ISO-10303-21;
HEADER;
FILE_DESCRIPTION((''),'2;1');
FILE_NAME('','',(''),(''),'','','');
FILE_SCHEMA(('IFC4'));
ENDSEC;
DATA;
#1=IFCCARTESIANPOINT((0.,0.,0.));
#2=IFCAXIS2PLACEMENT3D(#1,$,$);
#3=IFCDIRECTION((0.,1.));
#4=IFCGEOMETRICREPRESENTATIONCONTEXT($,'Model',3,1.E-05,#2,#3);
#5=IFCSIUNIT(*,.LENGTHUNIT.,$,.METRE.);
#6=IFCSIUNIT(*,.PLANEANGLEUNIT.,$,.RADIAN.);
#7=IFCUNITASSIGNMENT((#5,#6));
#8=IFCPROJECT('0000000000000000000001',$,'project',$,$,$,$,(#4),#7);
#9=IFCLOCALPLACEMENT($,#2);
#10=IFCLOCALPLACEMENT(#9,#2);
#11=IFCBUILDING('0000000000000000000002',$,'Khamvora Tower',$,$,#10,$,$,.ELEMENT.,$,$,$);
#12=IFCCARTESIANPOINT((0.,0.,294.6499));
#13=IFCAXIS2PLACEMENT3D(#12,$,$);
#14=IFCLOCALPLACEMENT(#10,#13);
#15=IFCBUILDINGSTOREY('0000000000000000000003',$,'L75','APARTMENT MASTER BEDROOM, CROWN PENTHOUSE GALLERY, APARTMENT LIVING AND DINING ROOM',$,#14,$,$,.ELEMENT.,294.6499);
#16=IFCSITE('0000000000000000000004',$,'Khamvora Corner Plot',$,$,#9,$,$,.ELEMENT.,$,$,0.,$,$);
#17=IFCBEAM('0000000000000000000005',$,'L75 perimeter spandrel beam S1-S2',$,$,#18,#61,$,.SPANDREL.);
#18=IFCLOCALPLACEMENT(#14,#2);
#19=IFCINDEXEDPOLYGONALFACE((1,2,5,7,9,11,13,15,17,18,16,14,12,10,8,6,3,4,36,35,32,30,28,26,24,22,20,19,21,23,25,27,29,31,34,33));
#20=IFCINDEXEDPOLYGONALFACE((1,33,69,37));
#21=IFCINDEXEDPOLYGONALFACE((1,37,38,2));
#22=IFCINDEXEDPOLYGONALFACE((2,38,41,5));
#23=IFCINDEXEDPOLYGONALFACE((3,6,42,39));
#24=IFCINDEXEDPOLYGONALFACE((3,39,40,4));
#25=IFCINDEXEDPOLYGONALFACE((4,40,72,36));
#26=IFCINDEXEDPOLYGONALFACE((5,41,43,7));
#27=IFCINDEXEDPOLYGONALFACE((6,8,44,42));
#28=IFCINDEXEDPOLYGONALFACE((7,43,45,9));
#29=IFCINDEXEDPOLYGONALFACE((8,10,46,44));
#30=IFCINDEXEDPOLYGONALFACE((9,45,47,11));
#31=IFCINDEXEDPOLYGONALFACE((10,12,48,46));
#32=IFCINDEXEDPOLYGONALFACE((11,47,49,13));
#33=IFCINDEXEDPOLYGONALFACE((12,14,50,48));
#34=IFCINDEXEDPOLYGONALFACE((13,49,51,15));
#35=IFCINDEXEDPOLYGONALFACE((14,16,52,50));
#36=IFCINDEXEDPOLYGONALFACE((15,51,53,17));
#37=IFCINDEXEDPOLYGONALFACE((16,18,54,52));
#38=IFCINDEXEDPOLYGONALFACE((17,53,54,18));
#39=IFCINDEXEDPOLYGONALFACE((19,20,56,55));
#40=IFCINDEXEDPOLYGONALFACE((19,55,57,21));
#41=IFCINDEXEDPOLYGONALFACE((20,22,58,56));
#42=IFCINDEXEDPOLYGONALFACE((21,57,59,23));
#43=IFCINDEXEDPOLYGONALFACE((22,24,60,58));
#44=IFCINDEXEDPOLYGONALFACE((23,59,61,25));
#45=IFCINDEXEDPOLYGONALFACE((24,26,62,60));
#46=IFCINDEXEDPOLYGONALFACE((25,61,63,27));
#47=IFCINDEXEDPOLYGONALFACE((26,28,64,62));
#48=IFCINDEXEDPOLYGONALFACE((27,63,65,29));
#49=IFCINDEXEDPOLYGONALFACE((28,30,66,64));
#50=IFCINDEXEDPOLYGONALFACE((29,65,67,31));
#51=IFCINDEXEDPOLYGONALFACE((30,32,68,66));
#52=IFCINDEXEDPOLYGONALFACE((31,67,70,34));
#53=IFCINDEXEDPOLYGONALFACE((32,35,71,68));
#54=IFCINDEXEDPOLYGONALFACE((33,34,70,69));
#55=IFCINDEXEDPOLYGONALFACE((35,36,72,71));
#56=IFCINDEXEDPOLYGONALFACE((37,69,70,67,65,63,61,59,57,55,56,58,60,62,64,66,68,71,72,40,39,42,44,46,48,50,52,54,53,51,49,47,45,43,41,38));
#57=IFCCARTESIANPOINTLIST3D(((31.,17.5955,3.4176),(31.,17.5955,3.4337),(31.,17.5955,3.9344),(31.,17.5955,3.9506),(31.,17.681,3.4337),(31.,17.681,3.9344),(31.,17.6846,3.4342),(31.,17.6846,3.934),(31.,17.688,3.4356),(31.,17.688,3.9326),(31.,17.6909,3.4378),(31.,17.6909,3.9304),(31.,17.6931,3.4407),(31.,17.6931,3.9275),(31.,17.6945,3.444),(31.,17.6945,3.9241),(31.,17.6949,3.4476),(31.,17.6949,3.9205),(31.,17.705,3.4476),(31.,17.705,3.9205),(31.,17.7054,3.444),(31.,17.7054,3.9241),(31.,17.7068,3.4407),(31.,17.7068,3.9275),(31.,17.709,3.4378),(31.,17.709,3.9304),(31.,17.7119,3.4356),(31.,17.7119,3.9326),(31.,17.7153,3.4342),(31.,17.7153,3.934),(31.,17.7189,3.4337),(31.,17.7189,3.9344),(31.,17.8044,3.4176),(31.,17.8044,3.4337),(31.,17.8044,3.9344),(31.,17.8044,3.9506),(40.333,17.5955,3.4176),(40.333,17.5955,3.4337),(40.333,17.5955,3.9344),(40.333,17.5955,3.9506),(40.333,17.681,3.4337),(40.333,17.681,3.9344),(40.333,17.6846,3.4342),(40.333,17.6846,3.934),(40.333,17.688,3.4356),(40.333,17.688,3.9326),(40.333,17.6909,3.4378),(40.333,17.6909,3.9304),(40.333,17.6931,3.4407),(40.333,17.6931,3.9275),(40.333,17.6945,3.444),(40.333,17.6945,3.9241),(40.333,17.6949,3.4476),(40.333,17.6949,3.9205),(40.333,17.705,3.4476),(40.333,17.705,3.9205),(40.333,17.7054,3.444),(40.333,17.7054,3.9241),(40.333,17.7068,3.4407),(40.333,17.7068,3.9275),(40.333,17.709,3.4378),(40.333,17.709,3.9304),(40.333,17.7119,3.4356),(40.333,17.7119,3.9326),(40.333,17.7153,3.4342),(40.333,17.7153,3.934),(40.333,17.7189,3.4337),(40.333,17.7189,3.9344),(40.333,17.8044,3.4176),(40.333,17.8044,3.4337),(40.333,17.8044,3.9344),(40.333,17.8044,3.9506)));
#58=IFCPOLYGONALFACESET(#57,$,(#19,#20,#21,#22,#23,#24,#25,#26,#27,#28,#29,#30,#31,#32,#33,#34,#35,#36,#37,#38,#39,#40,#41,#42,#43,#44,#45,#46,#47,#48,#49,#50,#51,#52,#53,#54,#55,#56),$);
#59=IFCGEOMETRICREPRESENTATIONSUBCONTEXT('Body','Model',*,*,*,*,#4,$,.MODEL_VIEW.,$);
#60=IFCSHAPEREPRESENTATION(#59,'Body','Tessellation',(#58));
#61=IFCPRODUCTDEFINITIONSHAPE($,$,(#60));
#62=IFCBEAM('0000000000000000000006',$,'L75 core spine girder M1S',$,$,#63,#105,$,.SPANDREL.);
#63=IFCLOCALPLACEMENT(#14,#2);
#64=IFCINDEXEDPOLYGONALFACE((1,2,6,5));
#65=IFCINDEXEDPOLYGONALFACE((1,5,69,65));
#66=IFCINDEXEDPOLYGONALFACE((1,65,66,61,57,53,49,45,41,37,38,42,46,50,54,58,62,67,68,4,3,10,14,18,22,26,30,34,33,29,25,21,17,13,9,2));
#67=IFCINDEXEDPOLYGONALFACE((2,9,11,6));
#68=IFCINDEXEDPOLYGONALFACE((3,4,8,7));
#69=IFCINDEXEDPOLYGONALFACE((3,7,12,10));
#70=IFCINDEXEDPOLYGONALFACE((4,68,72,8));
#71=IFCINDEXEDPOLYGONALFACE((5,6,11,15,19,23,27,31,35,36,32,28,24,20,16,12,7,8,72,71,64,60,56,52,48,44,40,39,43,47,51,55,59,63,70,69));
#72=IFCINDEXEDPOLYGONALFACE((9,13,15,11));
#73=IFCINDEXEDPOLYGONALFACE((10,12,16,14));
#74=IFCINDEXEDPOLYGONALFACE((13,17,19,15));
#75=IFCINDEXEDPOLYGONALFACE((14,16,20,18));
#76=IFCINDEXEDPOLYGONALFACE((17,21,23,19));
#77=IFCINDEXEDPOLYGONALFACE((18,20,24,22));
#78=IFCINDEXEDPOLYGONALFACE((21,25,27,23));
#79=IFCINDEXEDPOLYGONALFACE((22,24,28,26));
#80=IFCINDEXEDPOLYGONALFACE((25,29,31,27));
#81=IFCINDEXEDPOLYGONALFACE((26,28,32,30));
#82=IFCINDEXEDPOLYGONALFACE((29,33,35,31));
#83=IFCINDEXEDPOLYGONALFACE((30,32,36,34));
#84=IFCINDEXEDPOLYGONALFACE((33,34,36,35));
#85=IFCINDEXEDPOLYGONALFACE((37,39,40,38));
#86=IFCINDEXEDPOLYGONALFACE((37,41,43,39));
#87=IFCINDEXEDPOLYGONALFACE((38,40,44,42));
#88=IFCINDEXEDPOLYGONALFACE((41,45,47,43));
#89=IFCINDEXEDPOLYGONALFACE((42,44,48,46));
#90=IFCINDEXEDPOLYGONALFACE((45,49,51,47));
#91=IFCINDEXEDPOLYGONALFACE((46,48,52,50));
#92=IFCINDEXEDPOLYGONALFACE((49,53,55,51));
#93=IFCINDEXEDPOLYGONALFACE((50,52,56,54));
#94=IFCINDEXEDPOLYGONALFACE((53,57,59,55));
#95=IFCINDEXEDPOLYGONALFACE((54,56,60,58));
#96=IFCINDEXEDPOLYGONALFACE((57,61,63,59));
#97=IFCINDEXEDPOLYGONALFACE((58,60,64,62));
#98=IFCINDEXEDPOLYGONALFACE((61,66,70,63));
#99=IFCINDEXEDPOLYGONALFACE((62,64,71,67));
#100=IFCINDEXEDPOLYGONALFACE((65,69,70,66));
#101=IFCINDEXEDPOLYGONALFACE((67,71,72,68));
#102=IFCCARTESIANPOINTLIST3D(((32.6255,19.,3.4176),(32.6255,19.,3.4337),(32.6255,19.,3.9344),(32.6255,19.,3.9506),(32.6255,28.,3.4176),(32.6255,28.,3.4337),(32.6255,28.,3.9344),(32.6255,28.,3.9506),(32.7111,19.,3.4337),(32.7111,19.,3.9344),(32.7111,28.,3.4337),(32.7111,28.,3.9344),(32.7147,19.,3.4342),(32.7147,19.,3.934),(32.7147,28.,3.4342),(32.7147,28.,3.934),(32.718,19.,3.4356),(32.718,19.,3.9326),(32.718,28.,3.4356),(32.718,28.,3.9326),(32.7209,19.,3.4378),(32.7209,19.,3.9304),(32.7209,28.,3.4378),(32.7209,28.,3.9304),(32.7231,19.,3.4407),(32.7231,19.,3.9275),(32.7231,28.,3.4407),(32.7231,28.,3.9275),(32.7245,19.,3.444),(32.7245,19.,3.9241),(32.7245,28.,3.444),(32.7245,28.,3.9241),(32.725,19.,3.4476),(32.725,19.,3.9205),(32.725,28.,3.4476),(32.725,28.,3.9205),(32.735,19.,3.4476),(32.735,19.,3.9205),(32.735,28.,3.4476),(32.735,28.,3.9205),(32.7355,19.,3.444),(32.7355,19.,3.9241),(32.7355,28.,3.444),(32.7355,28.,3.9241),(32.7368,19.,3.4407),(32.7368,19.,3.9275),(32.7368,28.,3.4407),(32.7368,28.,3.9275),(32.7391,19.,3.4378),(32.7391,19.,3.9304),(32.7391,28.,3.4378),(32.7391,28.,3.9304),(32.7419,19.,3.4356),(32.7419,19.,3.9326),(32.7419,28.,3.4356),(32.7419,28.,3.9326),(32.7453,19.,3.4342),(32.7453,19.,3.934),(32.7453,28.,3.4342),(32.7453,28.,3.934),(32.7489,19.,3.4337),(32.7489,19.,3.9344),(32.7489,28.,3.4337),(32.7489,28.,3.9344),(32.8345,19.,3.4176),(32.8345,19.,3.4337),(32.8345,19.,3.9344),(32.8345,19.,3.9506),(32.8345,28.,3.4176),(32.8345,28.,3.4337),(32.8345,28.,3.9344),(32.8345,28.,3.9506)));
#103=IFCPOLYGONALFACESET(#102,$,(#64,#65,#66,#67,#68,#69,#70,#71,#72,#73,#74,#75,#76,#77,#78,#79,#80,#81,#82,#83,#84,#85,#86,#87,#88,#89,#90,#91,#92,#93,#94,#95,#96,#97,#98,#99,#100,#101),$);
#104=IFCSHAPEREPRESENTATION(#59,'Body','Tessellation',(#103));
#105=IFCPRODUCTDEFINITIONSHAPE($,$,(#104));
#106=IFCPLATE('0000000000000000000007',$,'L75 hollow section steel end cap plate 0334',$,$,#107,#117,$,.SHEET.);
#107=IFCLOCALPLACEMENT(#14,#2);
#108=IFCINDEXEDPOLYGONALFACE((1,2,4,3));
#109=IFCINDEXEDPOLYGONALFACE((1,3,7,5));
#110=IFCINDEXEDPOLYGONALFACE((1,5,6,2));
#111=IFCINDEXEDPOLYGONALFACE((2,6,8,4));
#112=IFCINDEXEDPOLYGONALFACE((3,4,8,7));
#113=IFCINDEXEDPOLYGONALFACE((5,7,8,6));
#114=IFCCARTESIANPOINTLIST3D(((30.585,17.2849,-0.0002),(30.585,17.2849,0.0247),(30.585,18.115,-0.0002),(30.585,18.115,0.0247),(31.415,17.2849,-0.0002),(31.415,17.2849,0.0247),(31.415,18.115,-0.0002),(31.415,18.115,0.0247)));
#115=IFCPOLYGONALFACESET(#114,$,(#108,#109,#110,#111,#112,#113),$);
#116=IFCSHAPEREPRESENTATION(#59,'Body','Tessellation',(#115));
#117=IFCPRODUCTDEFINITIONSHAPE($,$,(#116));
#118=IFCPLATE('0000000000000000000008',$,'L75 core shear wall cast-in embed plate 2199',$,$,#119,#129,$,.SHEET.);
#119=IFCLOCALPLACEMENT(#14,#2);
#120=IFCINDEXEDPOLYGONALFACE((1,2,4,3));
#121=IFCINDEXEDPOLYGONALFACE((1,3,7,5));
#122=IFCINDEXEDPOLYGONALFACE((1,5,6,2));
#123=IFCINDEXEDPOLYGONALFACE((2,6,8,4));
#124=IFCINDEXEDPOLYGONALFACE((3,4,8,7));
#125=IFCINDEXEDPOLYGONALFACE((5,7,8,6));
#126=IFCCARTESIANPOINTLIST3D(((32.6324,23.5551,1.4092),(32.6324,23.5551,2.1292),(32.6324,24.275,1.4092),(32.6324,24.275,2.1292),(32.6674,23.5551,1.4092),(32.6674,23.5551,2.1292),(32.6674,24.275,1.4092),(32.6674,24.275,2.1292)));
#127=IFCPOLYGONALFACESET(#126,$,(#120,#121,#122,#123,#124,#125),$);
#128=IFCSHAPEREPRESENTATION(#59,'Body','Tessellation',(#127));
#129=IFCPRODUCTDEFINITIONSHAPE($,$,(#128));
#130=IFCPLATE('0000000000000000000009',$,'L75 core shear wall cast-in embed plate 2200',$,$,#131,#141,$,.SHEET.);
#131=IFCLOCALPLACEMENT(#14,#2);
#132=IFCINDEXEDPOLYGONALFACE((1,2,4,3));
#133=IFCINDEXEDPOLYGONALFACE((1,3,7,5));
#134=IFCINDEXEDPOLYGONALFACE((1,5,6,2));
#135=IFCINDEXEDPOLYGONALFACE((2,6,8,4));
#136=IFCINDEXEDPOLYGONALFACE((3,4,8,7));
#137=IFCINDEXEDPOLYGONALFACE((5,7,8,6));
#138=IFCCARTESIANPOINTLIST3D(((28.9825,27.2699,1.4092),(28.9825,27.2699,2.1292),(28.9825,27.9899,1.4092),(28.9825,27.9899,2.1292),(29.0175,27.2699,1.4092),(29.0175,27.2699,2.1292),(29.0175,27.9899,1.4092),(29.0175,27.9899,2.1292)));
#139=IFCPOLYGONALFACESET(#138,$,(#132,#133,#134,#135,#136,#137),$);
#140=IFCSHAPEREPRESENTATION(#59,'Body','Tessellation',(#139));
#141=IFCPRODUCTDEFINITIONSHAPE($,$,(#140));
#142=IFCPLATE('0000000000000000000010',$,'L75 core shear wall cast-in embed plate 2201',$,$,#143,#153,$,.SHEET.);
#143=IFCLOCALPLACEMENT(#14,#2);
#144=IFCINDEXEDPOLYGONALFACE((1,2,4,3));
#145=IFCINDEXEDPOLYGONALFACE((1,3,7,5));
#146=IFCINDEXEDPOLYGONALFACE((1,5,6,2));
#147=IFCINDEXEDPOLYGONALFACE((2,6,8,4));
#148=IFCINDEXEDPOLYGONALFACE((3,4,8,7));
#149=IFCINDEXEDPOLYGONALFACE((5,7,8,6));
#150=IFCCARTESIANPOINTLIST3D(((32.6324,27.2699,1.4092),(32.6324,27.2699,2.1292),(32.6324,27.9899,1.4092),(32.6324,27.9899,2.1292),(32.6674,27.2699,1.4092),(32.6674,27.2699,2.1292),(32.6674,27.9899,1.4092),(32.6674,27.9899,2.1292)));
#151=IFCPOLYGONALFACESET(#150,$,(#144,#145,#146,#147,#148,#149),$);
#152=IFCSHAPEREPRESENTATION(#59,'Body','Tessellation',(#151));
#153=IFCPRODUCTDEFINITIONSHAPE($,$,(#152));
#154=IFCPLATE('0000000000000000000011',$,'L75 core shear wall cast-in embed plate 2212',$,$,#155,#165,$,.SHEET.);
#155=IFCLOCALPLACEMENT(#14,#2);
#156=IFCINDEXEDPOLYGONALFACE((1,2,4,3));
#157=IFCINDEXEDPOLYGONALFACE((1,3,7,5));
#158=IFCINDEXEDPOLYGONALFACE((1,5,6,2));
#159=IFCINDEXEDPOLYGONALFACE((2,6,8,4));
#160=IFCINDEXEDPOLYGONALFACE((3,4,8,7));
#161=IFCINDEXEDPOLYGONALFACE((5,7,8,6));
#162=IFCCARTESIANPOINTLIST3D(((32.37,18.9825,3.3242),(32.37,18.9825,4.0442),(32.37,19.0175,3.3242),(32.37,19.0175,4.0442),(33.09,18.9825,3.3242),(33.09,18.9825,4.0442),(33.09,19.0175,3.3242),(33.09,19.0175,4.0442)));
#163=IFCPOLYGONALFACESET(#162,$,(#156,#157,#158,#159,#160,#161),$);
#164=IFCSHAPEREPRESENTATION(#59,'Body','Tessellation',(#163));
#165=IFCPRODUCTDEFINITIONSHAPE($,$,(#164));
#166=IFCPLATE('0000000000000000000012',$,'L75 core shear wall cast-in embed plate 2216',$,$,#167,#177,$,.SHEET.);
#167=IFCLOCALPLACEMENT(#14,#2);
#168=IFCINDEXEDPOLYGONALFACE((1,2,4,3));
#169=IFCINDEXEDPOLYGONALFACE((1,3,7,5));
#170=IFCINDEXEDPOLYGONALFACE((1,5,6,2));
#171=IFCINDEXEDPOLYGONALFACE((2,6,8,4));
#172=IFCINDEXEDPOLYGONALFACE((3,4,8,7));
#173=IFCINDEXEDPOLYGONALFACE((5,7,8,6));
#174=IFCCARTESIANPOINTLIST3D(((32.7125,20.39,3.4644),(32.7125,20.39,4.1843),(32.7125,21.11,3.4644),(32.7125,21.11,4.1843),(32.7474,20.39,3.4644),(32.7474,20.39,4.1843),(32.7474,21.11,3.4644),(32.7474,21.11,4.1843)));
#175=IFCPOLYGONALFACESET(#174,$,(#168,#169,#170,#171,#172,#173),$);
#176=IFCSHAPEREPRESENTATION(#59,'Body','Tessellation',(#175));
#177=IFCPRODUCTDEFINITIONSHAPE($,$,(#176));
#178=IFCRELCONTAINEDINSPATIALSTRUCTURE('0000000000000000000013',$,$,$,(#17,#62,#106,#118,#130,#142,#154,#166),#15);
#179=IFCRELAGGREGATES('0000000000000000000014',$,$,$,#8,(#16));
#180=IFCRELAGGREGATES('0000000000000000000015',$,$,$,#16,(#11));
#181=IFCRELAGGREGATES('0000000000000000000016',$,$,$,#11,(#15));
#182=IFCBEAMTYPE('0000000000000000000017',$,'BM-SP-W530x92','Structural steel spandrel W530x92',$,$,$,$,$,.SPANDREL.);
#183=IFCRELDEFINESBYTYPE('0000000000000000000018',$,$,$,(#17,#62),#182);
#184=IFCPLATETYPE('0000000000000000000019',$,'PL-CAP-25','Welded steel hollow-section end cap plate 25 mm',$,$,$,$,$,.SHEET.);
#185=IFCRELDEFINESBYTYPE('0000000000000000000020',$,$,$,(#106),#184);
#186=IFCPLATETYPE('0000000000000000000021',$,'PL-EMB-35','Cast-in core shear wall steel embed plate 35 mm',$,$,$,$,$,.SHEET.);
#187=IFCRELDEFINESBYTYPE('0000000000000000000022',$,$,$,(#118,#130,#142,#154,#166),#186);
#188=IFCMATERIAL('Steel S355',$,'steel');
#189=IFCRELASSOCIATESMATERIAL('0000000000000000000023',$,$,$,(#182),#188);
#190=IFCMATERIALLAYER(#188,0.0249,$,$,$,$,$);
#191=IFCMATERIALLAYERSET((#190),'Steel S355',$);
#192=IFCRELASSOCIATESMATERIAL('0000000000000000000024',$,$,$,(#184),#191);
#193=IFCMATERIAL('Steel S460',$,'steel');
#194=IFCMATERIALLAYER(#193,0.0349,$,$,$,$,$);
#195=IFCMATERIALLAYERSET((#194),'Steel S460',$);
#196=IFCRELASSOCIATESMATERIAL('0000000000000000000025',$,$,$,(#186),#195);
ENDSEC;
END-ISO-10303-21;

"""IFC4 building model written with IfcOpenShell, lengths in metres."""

from ifc_helpers import new_model, si_unit, direction, frame, origin, origin_2d, place, context, subcontext, project, spatial, rectangle, i_section, extrude, material, layer, layer_set, material_profile, profile_set, type_object, element, save


model = new_model("IFC4")

# Units and contexts
model_context = context("Model", 3, precision=1e-05, world=origin(), true_north=direction((0.0, 1.0)))
body_context = subcontext(model_context, "Body", "Model", "MODEL_VIEW")
ifc_project = project(units=[si_unit("LENGTHUNIT", "METRE"), si_unit("PLANEANGLEUNIT", "RADIAN")], contexts=[model_context])

# Site, building, storey
site_placement = place(None, origin())
site = spatial("IfcSite", under=ifc_project, at=site_placement, Name="Khamvora Corner Plot", CompositionType="ELEMENT", RefElevation=0.0)
building_placement = place(site_placement, origin())
building = spatial("IfcBuilding", under=site, at=building_placement, Name="Khamvora Tower", CompositionType="ELEMENT")
storey_placement = place(building_placement, frame((0.0, 0.0, 294.6499)))
storey = spatial("IfcBuildingStorey", under=building, at=storey_placement, Name="L75", Description="APARTMENT MASTER BEDROOM, CROWN PENTHOUSE GALLERY, APARTMENT LIVING AND DINING ROOM", CompositionType="ELEMENT", Elevation=294.6499)

# Shared definitions
ifc_material_1 = material(Name="Steel S355", Category="steel")

# Beams
ifc_material_profile_1 = material_profile(ifc_material_1, i_section(OverallWidth=0.209, OverallDepth=0.533, WebThickness=0.01, FlangeThickness=0.0161, FilletRadius=0.0139, at=origin_2d()), Name="W530x92")
ifc_profile_set_1 = profile_set([ifc_material_profile_1], Name="Steel S355")
beam_type_1 = type_object("IfcBeamType", Name="BM-SP-W530x92", Description="Structural steel spandrel W530x92", PredefinedType="SPANDREL", material=ifc_profile_set_1)
beam_1_placement = place(storey_placement, frame((31.0, 17.7, 3.6841), z_axis=(1.0, 0.0, 0.0), x_axis=(0.0, 1.0, 0.0)))
element("IfcBeam", 1, at=beam_1_placement, inside=storey, type_object=beam_type_1, Name="L75 perimeter spandrel beam S1-S2", PredefinedType="SPANDREL", context=body_context, shape_type="SweptSolid", body=[
    extrude(i_section(OverallWidth=0.209, OverallDepth=0.533, WebThickness=0.01, FlangeThickness=0.0161, FilletRadius=0.0139, at=origin_2d()), origin(), (0.0, 0.0, 1.0), 9.333),
])
beam_2_placement = place(storey_placement, frame((32.73, 19.0, 3.6841), z_axis=(0.0, 1.0, 0.0), x_axis=(-1.0, 0.0, 0.0)))
element("IfcBeam", 2, at=beam_2_placement, inside=storey, type_object=beam_type_1, Name="L75 core spine girder M1S", PredefinedType="SPANDREL", context=body_context, shape_type="SweptSolid", body=[
    extrude(i_section(OverallWidth=0.209, OverallDepth=0.533, WebThickness=0.01, FlangeThickness=0.0161, FilletRadius=0.0139, at=origin_2d()), origin(), (0.0, 0.0, 1.0), 9.0),
])

# Plates
ifc_layer_1 = layer(ifc_material_1, 0.0249)
ifc_layer_set_1 = layer_set([ifc_layer_1], Name="Steel S355")
plate_type_1 = type_object("IfcPlateType", Name="PL-CAP-25", Description="Welded steel hollow-section end cap plate 25 mm", PredefinedType="SHEET", material=ifc_layer_set_1)
plate_1_placement = place(storey_placement, frame((31.0, 17.7, -0.0002), z_axis=(0.0, 0.0, 1.0), x_axis=(1.0, 0.0, 0.0)))
element("IfcPlate", 3, at=plate_1_placement, inside=storey, type_object=plate_type_1, Name="L75 hollow section steel end cap plate 0334", PredefinedType="SHEET", context=body_context, shape_type="SweptSolid", body=[
    extrude(rectangle(XDim=0.8301, YDim=0.8301, at=origin_2d()), origin(), (0.0, 0.0, 1.0), 0.0249),
])
ifc_material_2 = material(Name="Steel S460", Category="steel")
ifc_layer_2 = layer(ifc_material_2, 0.0349)
ifc_layer_set_2 = layer_set([ifc_layer_2], Name="Steel S460")
plate_type_2 = type_object("IfcPlateType", Name="PL-EMB-35", Description="Cast-in core shear wall steel embed plate 35 mm", PredefinedType="SHEET", material=ifc_layer_set_2)
for number, where, z_axis, x_axis, name in (
    (4, (32.6499, 23.915, 1.4092), (0.0, 0.0, 1.0), (1.0, 0.0, 0.0), "L75 core shear wall cast-in embed plate 2199"),
    (5, (29.0, 27.6299, 1.4092), (0.0, 0.0, 1.0), (1.0, 0.0, 0.0), "L75 core shear wall cast-in embed plate 2200"),
    (6, (32.6499, 27.6299, 1.4092), (0.0, 0.0, 1.0), (1.0, 0.0, 0.0), "L75 core shear wall cast-in embed plate 2201"),
):
    element("IfcPlate", number, at=place(storey_placement, frame(where, z_axis=z_axis, x_axis=x_axis)), inside=storey, type_object=plate_type_2, Name=name, PredefinedType="SHEET", context=body_context, shape_type="SweptSolid", body=[
        extrude(rectangle(XDim=0.0349, YDim=0.72, at=origin_2d()), origin(), (0.0, 0.0, 1.0), 0.72),
    ])
plate_2_placement = place(storey_placement, frame((32.73, 19.0, 3.3242), z_axis=(0.0, 0.0, 1.0), x_axis=(1.0, 0.0, 0.0)))
element("IfcPlate", 7, at=plate_2_placement, inside=storey, type_object=plate_type_2, Name="L75 core shear wall cast-in embed plate 2212", PredefinedType="SHEET", context=body_context, shape_type="SweptSolid", body=[
    extrude(rectangle(XDim=0.72, YDim=0.0349, at=origin_2d()), origin(), (0.0, 0.0, 1.0), 0.72),
])
plate_3_placement = place(storey_placement, frame((32.73, 20.75, 3.4644), z_axis=(0.0, 0.0, 1.0), x_axis=(1.0, 0.0, 0.0)))
element("IfcPlate", 8, at=plate_3_placement, inside=storey, type_object=plate_type_2, Name="L75 core shear wall cast-in embed plate 2216", PredefinedType="SHEET", context=body_context, shape_type="SweptSolid", body=[
    extrude(rectangle(XDim=0.0349, YDim=0.72, at=origin_2d()), origin(), (0.0, 0.0, 1.0), 0.72),
])

save(model, "model.ifc")
